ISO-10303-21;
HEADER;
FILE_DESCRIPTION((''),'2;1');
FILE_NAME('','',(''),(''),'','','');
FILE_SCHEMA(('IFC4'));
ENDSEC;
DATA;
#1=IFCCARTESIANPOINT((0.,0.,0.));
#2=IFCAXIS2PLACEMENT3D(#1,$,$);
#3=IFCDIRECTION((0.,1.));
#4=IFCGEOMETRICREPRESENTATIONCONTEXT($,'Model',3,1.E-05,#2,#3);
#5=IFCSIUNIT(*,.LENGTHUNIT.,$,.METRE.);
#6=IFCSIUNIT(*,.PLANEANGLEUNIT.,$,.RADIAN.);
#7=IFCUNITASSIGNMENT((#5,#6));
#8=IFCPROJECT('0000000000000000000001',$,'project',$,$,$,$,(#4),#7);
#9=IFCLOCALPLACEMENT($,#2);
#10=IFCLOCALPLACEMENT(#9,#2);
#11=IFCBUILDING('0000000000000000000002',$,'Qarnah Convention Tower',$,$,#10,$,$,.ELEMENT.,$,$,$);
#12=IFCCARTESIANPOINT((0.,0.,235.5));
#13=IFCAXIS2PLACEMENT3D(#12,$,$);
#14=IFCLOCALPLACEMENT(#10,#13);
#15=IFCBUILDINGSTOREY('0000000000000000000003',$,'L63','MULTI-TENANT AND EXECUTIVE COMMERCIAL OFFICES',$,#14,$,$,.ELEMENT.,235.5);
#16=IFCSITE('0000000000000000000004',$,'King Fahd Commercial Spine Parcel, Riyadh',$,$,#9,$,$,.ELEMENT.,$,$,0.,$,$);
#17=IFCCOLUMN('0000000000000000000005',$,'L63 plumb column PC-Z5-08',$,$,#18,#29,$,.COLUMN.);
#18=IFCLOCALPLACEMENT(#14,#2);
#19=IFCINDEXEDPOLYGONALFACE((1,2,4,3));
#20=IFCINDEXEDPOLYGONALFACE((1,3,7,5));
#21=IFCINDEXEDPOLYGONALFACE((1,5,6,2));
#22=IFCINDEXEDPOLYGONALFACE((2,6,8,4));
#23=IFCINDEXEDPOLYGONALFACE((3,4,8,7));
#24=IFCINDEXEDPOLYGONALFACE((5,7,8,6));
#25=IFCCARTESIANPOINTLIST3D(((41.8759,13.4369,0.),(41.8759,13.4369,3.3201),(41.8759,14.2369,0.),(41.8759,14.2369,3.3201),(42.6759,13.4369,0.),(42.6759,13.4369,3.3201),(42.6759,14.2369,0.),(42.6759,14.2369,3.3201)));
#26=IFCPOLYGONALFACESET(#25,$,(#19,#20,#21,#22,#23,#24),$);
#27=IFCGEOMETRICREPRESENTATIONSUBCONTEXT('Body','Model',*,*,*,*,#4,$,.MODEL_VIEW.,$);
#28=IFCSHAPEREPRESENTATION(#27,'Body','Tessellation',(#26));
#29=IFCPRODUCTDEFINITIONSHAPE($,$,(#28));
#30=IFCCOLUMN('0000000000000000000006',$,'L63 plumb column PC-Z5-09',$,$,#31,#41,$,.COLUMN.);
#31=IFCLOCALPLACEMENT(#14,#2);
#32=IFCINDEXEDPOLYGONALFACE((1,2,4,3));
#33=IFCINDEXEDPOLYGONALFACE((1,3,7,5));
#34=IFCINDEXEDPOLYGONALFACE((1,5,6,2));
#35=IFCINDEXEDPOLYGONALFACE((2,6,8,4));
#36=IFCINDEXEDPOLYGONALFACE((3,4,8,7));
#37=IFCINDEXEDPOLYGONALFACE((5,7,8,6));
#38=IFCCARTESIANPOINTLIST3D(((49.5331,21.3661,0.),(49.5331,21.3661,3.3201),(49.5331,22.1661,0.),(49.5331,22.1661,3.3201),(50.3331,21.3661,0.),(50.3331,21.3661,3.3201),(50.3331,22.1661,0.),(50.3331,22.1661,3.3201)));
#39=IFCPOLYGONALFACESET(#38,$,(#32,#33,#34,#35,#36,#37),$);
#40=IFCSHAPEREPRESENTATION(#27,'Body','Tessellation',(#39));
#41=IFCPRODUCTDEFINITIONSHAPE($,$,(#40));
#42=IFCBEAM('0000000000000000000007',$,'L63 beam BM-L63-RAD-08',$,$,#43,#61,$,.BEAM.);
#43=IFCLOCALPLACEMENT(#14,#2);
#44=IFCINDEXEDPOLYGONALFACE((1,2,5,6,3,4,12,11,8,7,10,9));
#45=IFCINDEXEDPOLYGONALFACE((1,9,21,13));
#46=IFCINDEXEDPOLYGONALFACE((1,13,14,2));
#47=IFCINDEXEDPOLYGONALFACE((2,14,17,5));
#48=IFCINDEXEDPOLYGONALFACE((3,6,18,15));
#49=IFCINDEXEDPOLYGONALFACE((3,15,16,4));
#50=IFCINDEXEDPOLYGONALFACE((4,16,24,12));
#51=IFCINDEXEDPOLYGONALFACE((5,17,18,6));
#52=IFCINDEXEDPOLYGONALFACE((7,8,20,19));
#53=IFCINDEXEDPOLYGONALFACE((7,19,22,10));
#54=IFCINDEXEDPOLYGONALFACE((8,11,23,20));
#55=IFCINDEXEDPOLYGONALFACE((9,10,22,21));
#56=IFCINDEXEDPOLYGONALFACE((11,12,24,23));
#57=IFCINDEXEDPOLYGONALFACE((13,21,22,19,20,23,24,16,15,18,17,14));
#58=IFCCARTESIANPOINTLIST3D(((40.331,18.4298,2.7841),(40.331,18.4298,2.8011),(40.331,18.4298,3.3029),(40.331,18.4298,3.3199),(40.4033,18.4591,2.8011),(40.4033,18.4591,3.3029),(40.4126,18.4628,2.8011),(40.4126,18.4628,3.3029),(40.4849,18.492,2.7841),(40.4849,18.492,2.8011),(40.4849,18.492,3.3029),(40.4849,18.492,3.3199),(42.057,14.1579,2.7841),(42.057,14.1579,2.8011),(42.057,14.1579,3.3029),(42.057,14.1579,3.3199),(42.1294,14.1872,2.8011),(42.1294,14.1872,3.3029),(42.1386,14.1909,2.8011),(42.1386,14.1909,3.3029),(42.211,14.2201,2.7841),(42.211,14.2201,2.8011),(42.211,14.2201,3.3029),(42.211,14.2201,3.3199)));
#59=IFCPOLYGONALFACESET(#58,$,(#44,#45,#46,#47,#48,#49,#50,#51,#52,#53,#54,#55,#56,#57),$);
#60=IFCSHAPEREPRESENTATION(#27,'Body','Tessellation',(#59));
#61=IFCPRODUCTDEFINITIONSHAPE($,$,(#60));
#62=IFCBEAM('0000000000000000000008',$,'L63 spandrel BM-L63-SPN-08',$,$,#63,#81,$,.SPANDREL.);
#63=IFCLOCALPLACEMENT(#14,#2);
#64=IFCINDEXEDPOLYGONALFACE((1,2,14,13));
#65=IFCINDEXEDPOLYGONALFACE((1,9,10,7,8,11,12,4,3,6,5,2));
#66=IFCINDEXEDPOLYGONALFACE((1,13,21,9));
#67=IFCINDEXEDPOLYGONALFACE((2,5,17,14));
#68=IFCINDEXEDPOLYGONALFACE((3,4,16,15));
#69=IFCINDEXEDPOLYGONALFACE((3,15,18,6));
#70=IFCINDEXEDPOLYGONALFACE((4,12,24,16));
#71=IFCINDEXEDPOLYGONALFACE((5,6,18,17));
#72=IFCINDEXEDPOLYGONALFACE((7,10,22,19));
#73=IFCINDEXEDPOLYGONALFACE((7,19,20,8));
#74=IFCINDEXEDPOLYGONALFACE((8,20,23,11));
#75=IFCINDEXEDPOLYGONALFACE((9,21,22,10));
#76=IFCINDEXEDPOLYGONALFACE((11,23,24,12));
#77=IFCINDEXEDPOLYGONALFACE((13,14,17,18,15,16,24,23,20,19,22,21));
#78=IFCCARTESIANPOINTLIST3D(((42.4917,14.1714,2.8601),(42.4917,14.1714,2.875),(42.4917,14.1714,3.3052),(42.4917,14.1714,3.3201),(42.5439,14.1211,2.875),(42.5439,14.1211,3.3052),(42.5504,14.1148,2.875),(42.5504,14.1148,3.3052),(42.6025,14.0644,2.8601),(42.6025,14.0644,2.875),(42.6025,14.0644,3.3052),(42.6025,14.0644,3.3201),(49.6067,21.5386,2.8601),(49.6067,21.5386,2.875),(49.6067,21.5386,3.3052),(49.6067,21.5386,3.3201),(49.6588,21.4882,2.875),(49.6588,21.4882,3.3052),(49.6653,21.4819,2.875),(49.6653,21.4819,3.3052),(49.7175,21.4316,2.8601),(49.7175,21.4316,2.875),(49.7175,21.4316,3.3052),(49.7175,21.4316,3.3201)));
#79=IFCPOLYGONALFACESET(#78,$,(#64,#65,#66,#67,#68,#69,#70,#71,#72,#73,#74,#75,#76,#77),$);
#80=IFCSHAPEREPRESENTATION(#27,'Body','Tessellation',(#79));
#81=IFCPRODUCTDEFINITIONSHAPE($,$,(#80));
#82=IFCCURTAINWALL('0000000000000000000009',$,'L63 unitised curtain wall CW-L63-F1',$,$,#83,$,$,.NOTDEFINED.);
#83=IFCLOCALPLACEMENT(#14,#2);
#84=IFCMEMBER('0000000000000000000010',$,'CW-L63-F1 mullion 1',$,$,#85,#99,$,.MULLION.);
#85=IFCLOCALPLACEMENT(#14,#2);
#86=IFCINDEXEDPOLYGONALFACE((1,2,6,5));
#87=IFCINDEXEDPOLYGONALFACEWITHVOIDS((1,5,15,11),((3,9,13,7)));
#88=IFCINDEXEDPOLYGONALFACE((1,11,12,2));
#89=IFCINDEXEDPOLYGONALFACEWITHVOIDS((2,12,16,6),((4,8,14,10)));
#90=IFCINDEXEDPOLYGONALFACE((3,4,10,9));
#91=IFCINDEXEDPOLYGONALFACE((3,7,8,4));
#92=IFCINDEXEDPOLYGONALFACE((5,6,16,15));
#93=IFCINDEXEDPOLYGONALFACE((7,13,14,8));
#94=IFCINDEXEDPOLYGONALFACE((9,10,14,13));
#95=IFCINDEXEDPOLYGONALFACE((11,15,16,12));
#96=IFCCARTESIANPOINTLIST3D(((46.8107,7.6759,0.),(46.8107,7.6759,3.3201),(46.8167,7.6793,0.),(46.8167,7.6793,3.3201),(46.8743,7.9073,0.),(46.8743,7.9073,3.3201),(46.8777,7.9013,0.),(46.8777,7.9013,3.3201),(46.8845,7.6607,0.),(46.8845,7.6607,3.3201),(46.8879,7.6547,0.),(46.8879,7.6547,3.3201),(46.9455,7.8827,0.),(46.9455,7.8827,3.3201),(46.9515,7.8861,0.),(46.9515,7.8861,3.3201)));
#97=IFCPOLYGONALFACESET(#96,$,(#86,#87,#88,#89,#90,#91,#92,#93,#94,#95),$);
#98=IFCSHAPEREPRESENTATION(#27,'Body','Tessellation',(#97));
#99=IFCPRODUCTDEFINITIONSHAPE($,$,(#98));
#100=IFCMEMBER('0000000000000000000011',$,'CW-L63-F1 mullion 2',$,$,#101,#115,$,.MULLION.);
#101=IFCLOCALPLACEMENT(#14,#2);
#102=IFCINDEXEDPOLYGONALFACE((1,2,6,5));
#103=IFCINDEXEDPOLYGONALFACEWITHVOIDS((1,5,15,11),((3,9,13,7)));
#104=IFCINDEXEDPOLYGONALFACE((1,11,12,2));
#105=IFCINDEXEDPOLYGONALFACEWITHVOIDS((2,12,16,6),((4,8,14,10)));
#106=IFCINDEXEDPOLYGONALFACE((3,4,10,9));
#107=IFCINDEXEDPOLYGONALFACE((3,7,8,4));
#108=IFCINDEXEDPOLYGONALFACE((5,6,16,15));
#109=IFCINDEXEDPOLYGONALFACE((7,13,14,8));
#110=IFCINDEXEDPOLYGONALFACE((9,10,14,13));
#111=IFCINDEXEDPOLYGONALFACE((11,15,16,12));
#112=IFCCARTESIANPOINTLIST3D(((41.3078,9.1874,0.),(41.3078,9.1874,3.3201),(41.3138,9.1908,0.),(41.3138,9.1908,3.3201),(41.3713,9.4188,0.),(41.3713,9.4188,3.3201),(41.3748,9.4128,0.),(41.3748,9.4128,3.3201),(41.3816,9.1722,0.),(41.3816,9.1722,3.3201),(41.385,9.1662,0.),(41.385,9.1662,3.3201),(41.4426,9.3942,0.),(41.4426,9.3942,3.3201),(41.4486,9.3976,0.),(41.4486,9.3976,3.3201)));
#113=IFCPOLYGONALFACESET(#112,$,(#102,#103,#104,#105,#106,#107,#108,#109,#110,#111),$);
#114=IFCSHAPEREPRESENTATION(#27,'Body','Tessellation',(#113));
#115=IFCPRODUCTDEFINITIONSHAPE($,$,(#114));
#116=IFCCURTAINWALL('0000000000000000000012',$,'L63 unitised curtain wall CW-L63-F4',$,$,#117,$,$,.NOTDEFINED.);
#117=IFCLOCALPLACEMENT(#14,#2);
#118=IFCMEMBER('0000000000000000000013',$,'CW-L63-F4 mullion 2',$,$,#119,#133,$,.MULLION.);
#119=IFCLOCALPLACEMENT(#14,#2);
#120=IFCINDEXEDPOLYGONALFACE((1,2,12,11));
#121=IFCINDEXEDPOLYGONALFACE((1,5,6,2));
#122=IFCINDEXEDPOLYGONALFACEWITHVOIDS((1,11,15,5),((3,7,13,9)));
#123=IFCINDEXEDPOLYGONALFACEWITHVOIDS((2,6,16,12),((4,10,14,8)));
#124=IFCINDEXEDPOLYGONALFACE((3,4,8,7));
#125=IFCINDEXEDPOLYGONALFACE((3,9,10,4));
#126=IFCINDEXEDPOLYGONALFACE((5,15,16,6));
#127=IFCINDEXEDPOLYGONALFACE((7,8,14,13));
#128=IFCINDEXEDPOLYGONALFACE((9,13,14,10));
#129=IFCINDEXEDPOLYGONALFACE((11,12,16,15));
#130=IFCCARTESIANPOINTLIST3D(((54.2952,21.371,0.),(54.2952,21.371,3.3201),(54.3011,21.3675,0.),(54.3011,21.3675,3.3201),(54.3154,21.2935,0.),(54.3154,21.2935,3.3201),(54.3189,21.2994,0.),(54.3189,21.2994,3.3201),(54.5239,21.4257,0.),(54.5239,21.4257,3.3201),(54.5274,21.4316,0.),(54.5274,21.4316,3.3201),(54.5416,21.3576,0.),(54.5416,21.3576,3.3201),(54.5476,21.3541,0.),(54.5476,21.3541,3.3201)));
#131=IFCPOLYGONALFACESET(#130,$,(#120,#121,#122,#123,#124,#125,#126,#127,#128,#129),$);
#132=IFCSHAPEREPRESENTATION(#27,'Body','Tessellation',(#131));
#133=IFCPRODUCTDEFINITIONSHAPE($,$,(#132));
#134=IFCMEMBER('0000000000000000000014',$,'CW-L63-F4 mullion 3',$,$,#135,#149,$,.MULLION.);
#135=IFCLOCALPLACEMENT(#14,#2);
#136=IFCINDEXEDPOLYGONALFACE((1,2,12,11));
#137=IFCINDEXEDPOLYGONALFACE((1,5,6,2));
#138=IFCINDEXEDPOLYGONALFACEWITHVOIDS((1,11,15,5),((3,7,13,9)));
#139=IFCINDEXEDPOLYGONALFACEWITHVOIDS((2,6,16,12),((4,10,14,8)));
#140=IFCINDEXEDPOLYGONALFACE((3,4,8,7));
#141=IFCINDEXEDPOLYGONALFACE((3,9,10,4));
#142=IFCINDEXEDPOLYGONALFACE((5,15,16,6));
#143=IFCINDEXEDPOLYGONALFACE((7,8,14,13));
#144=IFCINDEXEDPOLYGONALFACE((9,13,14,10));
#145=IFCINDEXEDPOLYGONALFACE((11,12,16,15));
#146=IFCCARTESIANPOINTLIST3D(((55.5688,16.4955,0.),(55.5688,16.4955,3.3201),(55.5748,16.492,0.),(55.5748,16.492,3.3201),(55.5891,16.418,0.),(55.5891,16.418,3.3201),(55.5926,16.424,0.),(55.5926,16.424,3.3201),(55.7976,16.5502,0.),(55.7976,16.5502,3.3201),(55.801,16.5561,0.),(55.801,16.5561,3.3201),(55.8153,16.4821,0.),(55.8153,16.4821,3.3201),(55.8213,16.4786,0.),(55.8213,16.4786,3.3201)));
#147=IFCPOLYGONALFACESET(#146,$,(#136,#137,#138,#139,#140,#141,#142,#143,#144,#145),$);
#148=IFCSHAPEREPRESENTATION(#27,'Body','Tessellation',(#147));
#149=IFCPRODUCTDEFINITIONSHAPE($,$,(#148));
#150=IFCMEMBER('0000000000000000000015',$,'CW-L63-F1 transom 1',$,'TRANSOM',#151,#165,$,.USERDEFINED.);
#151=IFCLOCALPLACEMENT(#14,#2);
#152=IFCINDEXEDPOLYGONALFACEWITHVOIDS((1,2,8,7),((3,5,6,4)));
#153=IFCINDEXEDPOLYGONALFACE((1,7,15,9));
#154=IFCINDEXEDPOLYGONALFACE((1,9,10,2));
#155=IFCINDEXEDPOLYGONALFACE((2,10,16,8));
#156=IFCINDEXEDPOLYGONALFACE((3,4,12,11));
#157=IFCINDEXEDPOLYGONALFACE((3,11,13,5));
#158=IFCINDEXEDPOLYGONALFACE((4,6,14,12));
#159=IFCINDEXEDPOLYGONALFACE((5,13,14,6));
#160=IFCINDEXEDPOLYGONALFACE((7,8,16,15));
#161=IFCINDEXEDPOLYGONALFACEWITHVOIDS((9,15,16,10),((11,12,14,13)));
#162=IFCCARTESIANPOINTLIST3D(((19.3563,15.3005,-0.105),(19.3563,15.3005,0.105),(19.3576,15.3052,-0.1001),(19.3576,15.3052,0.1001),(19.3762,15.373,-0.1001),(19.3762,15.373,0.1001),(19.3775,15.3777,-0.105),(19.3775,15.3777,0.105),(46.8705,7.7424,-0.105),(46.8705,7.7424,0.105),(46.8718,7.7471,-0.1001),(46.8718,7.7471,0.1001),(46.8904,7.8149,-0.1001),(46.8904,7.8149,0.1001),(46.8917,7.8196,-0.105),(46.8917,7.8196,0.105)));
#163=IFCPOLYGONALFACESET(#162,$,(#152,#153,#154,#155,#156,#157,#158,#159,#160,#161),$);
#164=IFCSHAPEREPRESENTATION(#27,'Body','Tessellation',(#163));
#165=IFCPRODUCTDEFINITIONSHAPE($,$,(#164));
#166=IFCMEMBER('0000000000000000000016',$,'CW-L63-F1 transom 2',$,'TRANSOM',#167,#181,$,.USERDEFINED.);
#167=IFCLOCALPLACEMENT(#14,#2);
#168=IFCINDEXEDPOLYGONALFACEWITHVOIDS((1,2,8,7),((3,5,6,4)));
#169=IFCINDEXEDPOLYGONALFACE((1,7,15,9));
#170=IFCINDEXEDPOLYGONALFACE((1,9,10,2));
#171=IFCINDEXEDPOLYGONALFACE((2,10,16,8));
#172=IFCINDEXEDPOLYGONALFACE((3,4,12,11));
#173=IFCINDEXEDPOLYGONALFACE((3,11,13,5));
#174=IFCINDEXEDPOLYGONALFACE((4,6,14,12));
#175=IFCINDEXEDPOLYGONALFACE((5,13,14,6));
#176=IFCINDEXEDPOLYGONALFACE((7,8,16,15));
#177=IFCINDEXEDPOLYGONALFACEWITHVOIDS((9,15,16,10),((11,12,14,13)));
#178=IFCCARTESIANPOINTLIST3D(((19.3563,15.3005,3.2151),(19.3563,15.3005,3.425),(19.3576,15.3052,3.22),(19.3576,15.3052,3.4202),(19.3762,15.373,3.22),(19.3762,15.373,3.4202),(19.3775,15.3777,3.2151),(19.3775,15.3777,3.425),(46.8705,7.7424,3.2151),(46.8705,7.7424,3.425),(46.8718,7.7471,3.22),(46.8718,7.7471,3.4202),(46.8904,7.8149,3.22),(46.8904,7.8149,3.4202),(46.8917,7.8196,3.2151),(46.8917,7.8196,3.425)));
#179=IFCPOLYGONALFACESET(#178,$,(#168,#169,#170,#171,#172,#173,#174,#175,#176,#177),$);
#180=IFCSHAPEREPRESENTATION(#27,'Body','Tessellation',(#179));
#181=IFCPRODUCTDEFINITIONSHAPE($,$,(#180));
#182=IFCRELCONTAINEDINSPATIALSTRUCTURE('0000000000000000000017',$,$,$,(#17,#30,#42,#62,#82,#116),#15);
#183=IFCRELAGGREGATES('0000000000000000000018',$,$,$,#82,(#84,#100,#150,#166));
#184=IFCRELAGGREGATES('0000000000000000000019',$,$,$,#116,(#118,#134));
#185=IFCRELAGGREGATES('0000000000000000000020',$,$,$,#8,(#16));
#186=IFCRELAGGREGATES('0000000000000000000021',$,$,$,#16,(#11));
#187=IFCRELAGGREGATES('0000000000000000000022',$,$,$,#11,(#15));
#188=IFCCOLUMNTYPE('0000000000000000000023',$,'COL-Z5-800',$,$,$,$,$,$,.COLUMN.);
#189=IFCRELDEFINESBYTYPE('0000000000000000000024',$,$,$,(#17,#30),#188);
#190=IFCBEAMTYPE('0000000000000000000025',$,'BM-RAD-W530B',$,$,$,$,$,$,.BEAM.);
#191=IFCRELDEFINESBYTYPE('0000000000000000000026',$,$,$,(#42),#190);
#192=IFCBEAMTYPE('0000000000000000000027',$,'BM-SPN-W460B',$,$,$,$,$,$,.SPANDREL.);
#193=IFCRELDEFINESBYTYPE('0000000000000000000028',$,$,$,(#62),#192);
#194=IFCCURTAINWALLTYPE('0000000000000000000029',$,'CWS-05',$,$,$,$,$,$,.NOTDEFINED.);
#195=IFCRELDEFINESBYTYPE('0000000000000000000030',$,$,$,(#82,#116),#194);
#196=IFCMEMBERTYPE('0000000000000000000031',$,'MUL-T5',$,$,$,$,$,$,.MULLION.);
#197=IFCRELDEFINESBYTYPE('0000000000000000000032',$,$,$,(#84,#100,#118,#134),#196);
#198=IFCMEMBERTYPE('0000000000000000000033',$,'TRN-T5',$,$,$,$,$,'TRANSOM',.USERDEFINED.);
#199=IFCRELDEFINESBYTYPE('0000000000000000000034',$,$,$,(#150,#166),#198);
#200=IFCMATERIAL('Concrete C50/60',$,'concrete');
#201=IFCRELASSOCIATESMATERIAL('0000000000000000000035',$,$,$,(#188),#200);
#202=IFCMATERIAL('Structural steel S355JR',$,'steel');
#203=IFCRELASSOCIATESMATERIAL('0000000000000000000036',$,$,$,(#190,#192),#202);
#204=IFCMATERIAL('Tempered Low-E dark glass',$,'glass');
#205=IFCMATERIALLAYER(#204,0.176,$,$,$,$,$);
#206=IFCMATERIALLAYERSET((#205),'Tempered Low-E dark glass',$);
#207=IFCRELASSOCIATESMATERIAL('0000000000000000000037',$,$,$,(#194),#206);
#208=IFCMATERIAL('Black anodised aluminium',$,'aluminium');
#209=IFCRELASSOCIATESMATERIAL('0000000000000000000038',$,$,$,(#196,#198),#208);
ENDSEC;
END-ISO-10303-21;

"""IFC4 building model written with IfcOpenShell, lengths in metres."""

from ifc_helpers import new_model, si_unit, direction, frame, origin, origin_2d, place, context, subcontext, project, spatial, rectangle, hollow_rectangle, i_section, extrude, material, layer, layer_set, material_profile, profile_set, type_object, element, aggregate, save


model = new_model("IFC4")

# Units and contexts
model_context = context("Model", 3, precision=1e-05, world=origin(), true_north=direction((0.0, 1.0)))
body_context = subcontext(model_context, "Body", "Model", "MODEL_VIEW")
ifc_project = project(units=[si_unit("LENGTHUNIT", "METRE"), si_unit("PLANEANGLEUNIT", "RADIAN")], contexts=[model_context])

# Site, building, storey
site_placement = place(None, origin())
site = spatial("IfcSite", under=ifc_project, at=site_placement, Name="King Fahd Commercial Spine Parcel, Riyadh", CompositionType="ELEMENT", RefElevation=0.0)
building_placement = place(site_placement, origin())
building = spatial("IfcBuilding", under=site, at=building_placement, Name="Qarnah Convention Tower", CompositionType="ELEMENT")
storey_placement = place(building_placement, frame((0.0, 0.0, 235.5)))
storey = spatial("IfcBuildingStorey", under=building, at=storey_placement, Name="L63", Description="MULTI-TENANT AND EXECUTIVE COMMERCIAL OFFICES", CompositionType="ELEMENT", Elevation=235.5)

# Columns
ifc_material_1 = material(Name="Concrete C50/60", Category="concrete")
ifc_material_profile_1 = material_profile(ifc_material_1, rectangle(XDim=0.8, YDim=0.8, at=origin_2d()), Name="RC-COL-800X800")
ifc_profile_set_1 = profile_set([ifc_material_profile_1], Name="Concrete C50/60")
column_type = type_object("IfcColumnType", Name="COL-Z5-800", PredefinedType="COLUMN", material=ifc_profile_set_1)
for number, where, z_axis, x_axis, name in (
    (1, (42.2759, 13.8369, 0.0), (0.0, 0.0, 1.0), (1.0, 0.0, 0.0), "L63 plumb column PC-Z5-08"),
    (2, (49.9331, 21.7661, 0.0), (0.0, 0.0, 1.0), (1.0, 0.0, 0.0), "L63 plumb column PC-Z5-09"),
):
    element("IfcColumn", number, at=place(storey_placement, frame(where, z_axis=z_axis, x_axis=x_axis)), inside=storey, type_object=column_type, Name=name, PredefinedType="COLUMN", context=body_context, shape_type="SweptSolid", body=[
        extrude(rectangle(XDim=0.8, YDim=0.8, at=origin_2d()), origin(), (0.0, 0.0, 1.0), 3.3201),
    ])

# Beams
ifc_material_2 = material(Name="Structural steel S355JR", Category="steel")
ifc_material_profile_2 = material_profile(ifc_material_2, i_section(OverallWidth=0.166, OverallDepth=0.5359, WebThickness=0.01, FlangeThickness=0.0171, at=origin_2d()), Name="W530X85")
ifc_profile_set_2 = profile_set([ifc_material_profile_2], Name="Structural steel S355JR")
beam_type_1 = type_object("IfcBeamType", Name="BM-RAD-W530B", PredefinedType="BEAM", material=ifc_profile_set_2)
beam_1_placement = place(storey_placement, frame((40.408, 18.4609, 3.052), z_axis=(0.374622, -0.927177, 0.0), x_axis=(0.927177, 0.374622, 0.0)))
element("IfcBeam", 3, at=beam_1_placement, inside=storey, type_object=beam_type_1, Name="L63 beam BM-L63-RAD-08", PredefinedType="BEAM", context=body_context, shape_type="SweptSolid", body=[
    extrude(i_section(OverallWidth=0.166, OverallDepth=0.5359, WebThickness=0.01, FlangeThickness=0.0171, at=origin_2d()), origin(), (0.0, 0.0, 1.0), 4.6074),
])
ifc_material_profile_3 = material_profile(ifc_material_2, i_section(OverallWidth=0.1541, OverallDepth=0.46, WebThickness=0.009, FlangeThickness=0.0149, at=origin_2d()), Name="W460X68")
ifc_profile_set_3 = profile_set([ifc_material_profile_3], Name="Structural steel S355JR")
beam_type_2 = type_object("IfcBeamType", Name="BM-SPN-W460B", PredefinedType="SPANDREL", material=ifc_profile_set_3)
beam_2_placement = place(storey_placement, frame((42.5471, 14.1179, 3.0901), z_axis=(0.694688, 0.719312, 0.0), x_axis=(-0.719312, 0.694688, 0.0)))
element("IfcBeam", 4, at=beam_2_placement, inside=storey, type_object=beam_type_2, Name="L63 spandrel BM-L63-SPN-08", PredefinedType="SPANDREL", context=body_context, shape_type="SweptSolid", body=[
    extrude(i_section(OverallWidth=0.1541, OverallDepth=0.46, WebThickness=0.009, FlangeThickness=0.0149, at=origin_2d()), origin(), (0.0, 0.0, 1.0), 10.2419),
])

# Curtain walls, members
ifc_material_3 = material(Name="Tempered Low-E dark glass", Category="glass")
ifc_layer_1 = layer(ifc_material_3, 0.176)
ifc_layer_set_1 = layer_set([ifc_layer_1], Name="Tempered Low-E dark glass")
curtain_wall_type = type_object("IfcCurtainWallType", Name="CWS-05", PredefinedType="NOTDEFINED", material=ifc_layer_set_1)
curtain_wall_1_placement = place(storey_placement, origin())
curtain_wall_1 = element("IfcCurtainWall", 5, at=curtain_wall_1_placement, inside=storey, type_object=curtain_wall_type, Name="L63 unitised curtain wall CW-L63-F1", PredefinedType="NOTDEFINED")
ifc_material_4 = material(Name="Black anodised aluminium", Category="aluminium")
ifc_material_profile_4 = material_profile(ifc_material_4, hollow_rectangle(XDim=0.0801, YDim=0.24, WallThickness=0.0049, at=origin_2d()), Name="MUL-80X240")
ifc_profile_set_4 = profile_set([ifc_material_profile_4], Name="Black anodised aluminium")
member_type_1 = type_object("IfcMemberType", Name="MUL-T5", PredefinedType="MULLION", material=ifc_profile_set_4)
member_1_placement = place(storey_placement, frame((46.8811, 7.781, 0.0), z_axis=(0.0, 0.0, 1.0), x_axis=(-0.96428, 0.264884, 0.0)))
member_1 = element("IfcMember", 6, at=member_1_placement, type_object=member_type_1, Name="CW-L63-F1 mullion 1", PredefinedType="MULLION", context=body_context, shape_type="SweptSolid", body=[
    extrude(hollow_rectangle(XDim=0.0801, YDim=0.24, WallThickness=0.0049, at=origin_2d()), origin(), (0.0, 0.0, 1.0), 3.3201),
])
member_2_placement = place(storey_placement, frame((41.3782, 9.2925, 0.0), z_axis=(0.0, 0.0, 1.0), x_axis=(-0.96428, 0.264884, 0.0)))
member_2 = element("IfcMember", 7, at=member_2_placement, type_object=member_type_1, Name="CW-L63-F1 mullion 2", PredefinedType="MULLION", context=body_context, shape_type="SweptSolid", body=[
    extrude(hollow_rectangle(XDim=0.0801, YDim=0.24, WallThickness=0.0049, at=origin_2d()), origin(), (0.0, 0.0, 1.0), 3.3201),
])
curtain_wall_2_placement = place(storey_placement, origin())
curtain_wall_2 = element("IfcCurtainWall", 8, at=curtain_wall_2_placement, inside=storey, type_object=curtain_wall_type, Name="L63 unitised curtain wall CW-L63-F4", PredefinedType="NOTDEFINED")
member_3_placement = place(storey_placement, frame((54.4214, 21.3625, 0.0), z_axis=(0.0, 0.0, 1.0), x_axis=(0.252725, -0.967538, 0.0)))
member_3 = element("IfcMember", 9, at=member_3_placement, type_object=member_type_1, Name="CW-L63-F4 mullion 2", PredefinedType="MULLION", context=body_context, shape_type="SweptSolid", body=[
    extrude(hollow_rectangle(XDim=0.0801, YDim=0.24, WallThickness=0.0049, at=origin_2d()), origin(), (0.0, 0.0, 1.0), 3.3201),
])
member_4_placement = place(storey_placement, frame((55.6951, 16.4871, 0.0), z_axis=(0.0, 0.0, 1.0), x_axis=(0.252725, -0.967538, 0.0)))
member_4 = element("IfcMember", 10, at=member_4_placement, type_object=member_type_1, Name="CW-L63-F4 mullion 3", PredefinedType="MULLION", context=body_context, shape_type="SweptSolid", body=[
    extrude(hollow_rectangle(XDim=0.0801, YDim=0.24, WallThickness=0.0049, at=origin_2d()), origin(), (0.0, 0.0, 1.0), 3.3201),
])

# Members
ifc_material_profile_5 = material_profile(ifc_material_4, hollow_rectangle(XDim=0.0801, YDim=0.21, WallThickness=0.0049, at=origin_2d()), Name="TRN-80X210")
ifc_profile_set_5 = profile_set([ifc_material_profile_5], Name="Black anodised aluminium")
member_type_2 = type_object("IfcMemberType", Name="TRN-T5", ElementType="TRANSOM", PredefinedType="USERDEFINED", material=ifc_profile_set_5)
member_5_placement = place(storey_placement, frame((46.8811, 7.781, 0.0), z_axis=(-0.96428, 0.264886, 0.0), x_axis=(-0.264886, -0.96428, 0.0)))
member_5 = element("IfcMember", 11, at=member_5_placement, type_object=member_type_2, Name="CW-L63-F1 transom 1", ObjectType="TRANSOM", PredefinedType="USERDEFINED", context=body_context, shape_type="SweptSolid", body=[
    extrude(hollow_rectangle(XDim=0.0801, YDim=0.21, WallThickness=0.0049, at=origin_2d()), origin(), (0.0, 0.0, 1.0), 28.5334),
])
member_6_placement = place(storey_placement, frame((46.8811, 7.781, 3.3201), z_axis=(-0.96428, 0.264886, 0.0), x_axis=(-0.264886, -0.96428, 0.0)))
member_6 = element("IfcMember", 12, at=member_6_placement, type_object=member_type_2, Name="CW-L63-F1 transom 2", ObjectType="TRANSOM", PredefinedType="USERDEFINED", context=body_context, shape_type="SweptSolid", body=[
    extrude(hollow_rectangle(XDim=0.0801, YDim=0.21, WallThickness=0.0049, at=origin_2d()), origin(), (0.0, 0.0, 1.0), 28.5334),
])

aggregate(curtain_wall_1, [member_1, member_2, member_5, member_6])
aggregate(curtain_wall_2, [member_3, member_4])

save(model, "model.ifc")
